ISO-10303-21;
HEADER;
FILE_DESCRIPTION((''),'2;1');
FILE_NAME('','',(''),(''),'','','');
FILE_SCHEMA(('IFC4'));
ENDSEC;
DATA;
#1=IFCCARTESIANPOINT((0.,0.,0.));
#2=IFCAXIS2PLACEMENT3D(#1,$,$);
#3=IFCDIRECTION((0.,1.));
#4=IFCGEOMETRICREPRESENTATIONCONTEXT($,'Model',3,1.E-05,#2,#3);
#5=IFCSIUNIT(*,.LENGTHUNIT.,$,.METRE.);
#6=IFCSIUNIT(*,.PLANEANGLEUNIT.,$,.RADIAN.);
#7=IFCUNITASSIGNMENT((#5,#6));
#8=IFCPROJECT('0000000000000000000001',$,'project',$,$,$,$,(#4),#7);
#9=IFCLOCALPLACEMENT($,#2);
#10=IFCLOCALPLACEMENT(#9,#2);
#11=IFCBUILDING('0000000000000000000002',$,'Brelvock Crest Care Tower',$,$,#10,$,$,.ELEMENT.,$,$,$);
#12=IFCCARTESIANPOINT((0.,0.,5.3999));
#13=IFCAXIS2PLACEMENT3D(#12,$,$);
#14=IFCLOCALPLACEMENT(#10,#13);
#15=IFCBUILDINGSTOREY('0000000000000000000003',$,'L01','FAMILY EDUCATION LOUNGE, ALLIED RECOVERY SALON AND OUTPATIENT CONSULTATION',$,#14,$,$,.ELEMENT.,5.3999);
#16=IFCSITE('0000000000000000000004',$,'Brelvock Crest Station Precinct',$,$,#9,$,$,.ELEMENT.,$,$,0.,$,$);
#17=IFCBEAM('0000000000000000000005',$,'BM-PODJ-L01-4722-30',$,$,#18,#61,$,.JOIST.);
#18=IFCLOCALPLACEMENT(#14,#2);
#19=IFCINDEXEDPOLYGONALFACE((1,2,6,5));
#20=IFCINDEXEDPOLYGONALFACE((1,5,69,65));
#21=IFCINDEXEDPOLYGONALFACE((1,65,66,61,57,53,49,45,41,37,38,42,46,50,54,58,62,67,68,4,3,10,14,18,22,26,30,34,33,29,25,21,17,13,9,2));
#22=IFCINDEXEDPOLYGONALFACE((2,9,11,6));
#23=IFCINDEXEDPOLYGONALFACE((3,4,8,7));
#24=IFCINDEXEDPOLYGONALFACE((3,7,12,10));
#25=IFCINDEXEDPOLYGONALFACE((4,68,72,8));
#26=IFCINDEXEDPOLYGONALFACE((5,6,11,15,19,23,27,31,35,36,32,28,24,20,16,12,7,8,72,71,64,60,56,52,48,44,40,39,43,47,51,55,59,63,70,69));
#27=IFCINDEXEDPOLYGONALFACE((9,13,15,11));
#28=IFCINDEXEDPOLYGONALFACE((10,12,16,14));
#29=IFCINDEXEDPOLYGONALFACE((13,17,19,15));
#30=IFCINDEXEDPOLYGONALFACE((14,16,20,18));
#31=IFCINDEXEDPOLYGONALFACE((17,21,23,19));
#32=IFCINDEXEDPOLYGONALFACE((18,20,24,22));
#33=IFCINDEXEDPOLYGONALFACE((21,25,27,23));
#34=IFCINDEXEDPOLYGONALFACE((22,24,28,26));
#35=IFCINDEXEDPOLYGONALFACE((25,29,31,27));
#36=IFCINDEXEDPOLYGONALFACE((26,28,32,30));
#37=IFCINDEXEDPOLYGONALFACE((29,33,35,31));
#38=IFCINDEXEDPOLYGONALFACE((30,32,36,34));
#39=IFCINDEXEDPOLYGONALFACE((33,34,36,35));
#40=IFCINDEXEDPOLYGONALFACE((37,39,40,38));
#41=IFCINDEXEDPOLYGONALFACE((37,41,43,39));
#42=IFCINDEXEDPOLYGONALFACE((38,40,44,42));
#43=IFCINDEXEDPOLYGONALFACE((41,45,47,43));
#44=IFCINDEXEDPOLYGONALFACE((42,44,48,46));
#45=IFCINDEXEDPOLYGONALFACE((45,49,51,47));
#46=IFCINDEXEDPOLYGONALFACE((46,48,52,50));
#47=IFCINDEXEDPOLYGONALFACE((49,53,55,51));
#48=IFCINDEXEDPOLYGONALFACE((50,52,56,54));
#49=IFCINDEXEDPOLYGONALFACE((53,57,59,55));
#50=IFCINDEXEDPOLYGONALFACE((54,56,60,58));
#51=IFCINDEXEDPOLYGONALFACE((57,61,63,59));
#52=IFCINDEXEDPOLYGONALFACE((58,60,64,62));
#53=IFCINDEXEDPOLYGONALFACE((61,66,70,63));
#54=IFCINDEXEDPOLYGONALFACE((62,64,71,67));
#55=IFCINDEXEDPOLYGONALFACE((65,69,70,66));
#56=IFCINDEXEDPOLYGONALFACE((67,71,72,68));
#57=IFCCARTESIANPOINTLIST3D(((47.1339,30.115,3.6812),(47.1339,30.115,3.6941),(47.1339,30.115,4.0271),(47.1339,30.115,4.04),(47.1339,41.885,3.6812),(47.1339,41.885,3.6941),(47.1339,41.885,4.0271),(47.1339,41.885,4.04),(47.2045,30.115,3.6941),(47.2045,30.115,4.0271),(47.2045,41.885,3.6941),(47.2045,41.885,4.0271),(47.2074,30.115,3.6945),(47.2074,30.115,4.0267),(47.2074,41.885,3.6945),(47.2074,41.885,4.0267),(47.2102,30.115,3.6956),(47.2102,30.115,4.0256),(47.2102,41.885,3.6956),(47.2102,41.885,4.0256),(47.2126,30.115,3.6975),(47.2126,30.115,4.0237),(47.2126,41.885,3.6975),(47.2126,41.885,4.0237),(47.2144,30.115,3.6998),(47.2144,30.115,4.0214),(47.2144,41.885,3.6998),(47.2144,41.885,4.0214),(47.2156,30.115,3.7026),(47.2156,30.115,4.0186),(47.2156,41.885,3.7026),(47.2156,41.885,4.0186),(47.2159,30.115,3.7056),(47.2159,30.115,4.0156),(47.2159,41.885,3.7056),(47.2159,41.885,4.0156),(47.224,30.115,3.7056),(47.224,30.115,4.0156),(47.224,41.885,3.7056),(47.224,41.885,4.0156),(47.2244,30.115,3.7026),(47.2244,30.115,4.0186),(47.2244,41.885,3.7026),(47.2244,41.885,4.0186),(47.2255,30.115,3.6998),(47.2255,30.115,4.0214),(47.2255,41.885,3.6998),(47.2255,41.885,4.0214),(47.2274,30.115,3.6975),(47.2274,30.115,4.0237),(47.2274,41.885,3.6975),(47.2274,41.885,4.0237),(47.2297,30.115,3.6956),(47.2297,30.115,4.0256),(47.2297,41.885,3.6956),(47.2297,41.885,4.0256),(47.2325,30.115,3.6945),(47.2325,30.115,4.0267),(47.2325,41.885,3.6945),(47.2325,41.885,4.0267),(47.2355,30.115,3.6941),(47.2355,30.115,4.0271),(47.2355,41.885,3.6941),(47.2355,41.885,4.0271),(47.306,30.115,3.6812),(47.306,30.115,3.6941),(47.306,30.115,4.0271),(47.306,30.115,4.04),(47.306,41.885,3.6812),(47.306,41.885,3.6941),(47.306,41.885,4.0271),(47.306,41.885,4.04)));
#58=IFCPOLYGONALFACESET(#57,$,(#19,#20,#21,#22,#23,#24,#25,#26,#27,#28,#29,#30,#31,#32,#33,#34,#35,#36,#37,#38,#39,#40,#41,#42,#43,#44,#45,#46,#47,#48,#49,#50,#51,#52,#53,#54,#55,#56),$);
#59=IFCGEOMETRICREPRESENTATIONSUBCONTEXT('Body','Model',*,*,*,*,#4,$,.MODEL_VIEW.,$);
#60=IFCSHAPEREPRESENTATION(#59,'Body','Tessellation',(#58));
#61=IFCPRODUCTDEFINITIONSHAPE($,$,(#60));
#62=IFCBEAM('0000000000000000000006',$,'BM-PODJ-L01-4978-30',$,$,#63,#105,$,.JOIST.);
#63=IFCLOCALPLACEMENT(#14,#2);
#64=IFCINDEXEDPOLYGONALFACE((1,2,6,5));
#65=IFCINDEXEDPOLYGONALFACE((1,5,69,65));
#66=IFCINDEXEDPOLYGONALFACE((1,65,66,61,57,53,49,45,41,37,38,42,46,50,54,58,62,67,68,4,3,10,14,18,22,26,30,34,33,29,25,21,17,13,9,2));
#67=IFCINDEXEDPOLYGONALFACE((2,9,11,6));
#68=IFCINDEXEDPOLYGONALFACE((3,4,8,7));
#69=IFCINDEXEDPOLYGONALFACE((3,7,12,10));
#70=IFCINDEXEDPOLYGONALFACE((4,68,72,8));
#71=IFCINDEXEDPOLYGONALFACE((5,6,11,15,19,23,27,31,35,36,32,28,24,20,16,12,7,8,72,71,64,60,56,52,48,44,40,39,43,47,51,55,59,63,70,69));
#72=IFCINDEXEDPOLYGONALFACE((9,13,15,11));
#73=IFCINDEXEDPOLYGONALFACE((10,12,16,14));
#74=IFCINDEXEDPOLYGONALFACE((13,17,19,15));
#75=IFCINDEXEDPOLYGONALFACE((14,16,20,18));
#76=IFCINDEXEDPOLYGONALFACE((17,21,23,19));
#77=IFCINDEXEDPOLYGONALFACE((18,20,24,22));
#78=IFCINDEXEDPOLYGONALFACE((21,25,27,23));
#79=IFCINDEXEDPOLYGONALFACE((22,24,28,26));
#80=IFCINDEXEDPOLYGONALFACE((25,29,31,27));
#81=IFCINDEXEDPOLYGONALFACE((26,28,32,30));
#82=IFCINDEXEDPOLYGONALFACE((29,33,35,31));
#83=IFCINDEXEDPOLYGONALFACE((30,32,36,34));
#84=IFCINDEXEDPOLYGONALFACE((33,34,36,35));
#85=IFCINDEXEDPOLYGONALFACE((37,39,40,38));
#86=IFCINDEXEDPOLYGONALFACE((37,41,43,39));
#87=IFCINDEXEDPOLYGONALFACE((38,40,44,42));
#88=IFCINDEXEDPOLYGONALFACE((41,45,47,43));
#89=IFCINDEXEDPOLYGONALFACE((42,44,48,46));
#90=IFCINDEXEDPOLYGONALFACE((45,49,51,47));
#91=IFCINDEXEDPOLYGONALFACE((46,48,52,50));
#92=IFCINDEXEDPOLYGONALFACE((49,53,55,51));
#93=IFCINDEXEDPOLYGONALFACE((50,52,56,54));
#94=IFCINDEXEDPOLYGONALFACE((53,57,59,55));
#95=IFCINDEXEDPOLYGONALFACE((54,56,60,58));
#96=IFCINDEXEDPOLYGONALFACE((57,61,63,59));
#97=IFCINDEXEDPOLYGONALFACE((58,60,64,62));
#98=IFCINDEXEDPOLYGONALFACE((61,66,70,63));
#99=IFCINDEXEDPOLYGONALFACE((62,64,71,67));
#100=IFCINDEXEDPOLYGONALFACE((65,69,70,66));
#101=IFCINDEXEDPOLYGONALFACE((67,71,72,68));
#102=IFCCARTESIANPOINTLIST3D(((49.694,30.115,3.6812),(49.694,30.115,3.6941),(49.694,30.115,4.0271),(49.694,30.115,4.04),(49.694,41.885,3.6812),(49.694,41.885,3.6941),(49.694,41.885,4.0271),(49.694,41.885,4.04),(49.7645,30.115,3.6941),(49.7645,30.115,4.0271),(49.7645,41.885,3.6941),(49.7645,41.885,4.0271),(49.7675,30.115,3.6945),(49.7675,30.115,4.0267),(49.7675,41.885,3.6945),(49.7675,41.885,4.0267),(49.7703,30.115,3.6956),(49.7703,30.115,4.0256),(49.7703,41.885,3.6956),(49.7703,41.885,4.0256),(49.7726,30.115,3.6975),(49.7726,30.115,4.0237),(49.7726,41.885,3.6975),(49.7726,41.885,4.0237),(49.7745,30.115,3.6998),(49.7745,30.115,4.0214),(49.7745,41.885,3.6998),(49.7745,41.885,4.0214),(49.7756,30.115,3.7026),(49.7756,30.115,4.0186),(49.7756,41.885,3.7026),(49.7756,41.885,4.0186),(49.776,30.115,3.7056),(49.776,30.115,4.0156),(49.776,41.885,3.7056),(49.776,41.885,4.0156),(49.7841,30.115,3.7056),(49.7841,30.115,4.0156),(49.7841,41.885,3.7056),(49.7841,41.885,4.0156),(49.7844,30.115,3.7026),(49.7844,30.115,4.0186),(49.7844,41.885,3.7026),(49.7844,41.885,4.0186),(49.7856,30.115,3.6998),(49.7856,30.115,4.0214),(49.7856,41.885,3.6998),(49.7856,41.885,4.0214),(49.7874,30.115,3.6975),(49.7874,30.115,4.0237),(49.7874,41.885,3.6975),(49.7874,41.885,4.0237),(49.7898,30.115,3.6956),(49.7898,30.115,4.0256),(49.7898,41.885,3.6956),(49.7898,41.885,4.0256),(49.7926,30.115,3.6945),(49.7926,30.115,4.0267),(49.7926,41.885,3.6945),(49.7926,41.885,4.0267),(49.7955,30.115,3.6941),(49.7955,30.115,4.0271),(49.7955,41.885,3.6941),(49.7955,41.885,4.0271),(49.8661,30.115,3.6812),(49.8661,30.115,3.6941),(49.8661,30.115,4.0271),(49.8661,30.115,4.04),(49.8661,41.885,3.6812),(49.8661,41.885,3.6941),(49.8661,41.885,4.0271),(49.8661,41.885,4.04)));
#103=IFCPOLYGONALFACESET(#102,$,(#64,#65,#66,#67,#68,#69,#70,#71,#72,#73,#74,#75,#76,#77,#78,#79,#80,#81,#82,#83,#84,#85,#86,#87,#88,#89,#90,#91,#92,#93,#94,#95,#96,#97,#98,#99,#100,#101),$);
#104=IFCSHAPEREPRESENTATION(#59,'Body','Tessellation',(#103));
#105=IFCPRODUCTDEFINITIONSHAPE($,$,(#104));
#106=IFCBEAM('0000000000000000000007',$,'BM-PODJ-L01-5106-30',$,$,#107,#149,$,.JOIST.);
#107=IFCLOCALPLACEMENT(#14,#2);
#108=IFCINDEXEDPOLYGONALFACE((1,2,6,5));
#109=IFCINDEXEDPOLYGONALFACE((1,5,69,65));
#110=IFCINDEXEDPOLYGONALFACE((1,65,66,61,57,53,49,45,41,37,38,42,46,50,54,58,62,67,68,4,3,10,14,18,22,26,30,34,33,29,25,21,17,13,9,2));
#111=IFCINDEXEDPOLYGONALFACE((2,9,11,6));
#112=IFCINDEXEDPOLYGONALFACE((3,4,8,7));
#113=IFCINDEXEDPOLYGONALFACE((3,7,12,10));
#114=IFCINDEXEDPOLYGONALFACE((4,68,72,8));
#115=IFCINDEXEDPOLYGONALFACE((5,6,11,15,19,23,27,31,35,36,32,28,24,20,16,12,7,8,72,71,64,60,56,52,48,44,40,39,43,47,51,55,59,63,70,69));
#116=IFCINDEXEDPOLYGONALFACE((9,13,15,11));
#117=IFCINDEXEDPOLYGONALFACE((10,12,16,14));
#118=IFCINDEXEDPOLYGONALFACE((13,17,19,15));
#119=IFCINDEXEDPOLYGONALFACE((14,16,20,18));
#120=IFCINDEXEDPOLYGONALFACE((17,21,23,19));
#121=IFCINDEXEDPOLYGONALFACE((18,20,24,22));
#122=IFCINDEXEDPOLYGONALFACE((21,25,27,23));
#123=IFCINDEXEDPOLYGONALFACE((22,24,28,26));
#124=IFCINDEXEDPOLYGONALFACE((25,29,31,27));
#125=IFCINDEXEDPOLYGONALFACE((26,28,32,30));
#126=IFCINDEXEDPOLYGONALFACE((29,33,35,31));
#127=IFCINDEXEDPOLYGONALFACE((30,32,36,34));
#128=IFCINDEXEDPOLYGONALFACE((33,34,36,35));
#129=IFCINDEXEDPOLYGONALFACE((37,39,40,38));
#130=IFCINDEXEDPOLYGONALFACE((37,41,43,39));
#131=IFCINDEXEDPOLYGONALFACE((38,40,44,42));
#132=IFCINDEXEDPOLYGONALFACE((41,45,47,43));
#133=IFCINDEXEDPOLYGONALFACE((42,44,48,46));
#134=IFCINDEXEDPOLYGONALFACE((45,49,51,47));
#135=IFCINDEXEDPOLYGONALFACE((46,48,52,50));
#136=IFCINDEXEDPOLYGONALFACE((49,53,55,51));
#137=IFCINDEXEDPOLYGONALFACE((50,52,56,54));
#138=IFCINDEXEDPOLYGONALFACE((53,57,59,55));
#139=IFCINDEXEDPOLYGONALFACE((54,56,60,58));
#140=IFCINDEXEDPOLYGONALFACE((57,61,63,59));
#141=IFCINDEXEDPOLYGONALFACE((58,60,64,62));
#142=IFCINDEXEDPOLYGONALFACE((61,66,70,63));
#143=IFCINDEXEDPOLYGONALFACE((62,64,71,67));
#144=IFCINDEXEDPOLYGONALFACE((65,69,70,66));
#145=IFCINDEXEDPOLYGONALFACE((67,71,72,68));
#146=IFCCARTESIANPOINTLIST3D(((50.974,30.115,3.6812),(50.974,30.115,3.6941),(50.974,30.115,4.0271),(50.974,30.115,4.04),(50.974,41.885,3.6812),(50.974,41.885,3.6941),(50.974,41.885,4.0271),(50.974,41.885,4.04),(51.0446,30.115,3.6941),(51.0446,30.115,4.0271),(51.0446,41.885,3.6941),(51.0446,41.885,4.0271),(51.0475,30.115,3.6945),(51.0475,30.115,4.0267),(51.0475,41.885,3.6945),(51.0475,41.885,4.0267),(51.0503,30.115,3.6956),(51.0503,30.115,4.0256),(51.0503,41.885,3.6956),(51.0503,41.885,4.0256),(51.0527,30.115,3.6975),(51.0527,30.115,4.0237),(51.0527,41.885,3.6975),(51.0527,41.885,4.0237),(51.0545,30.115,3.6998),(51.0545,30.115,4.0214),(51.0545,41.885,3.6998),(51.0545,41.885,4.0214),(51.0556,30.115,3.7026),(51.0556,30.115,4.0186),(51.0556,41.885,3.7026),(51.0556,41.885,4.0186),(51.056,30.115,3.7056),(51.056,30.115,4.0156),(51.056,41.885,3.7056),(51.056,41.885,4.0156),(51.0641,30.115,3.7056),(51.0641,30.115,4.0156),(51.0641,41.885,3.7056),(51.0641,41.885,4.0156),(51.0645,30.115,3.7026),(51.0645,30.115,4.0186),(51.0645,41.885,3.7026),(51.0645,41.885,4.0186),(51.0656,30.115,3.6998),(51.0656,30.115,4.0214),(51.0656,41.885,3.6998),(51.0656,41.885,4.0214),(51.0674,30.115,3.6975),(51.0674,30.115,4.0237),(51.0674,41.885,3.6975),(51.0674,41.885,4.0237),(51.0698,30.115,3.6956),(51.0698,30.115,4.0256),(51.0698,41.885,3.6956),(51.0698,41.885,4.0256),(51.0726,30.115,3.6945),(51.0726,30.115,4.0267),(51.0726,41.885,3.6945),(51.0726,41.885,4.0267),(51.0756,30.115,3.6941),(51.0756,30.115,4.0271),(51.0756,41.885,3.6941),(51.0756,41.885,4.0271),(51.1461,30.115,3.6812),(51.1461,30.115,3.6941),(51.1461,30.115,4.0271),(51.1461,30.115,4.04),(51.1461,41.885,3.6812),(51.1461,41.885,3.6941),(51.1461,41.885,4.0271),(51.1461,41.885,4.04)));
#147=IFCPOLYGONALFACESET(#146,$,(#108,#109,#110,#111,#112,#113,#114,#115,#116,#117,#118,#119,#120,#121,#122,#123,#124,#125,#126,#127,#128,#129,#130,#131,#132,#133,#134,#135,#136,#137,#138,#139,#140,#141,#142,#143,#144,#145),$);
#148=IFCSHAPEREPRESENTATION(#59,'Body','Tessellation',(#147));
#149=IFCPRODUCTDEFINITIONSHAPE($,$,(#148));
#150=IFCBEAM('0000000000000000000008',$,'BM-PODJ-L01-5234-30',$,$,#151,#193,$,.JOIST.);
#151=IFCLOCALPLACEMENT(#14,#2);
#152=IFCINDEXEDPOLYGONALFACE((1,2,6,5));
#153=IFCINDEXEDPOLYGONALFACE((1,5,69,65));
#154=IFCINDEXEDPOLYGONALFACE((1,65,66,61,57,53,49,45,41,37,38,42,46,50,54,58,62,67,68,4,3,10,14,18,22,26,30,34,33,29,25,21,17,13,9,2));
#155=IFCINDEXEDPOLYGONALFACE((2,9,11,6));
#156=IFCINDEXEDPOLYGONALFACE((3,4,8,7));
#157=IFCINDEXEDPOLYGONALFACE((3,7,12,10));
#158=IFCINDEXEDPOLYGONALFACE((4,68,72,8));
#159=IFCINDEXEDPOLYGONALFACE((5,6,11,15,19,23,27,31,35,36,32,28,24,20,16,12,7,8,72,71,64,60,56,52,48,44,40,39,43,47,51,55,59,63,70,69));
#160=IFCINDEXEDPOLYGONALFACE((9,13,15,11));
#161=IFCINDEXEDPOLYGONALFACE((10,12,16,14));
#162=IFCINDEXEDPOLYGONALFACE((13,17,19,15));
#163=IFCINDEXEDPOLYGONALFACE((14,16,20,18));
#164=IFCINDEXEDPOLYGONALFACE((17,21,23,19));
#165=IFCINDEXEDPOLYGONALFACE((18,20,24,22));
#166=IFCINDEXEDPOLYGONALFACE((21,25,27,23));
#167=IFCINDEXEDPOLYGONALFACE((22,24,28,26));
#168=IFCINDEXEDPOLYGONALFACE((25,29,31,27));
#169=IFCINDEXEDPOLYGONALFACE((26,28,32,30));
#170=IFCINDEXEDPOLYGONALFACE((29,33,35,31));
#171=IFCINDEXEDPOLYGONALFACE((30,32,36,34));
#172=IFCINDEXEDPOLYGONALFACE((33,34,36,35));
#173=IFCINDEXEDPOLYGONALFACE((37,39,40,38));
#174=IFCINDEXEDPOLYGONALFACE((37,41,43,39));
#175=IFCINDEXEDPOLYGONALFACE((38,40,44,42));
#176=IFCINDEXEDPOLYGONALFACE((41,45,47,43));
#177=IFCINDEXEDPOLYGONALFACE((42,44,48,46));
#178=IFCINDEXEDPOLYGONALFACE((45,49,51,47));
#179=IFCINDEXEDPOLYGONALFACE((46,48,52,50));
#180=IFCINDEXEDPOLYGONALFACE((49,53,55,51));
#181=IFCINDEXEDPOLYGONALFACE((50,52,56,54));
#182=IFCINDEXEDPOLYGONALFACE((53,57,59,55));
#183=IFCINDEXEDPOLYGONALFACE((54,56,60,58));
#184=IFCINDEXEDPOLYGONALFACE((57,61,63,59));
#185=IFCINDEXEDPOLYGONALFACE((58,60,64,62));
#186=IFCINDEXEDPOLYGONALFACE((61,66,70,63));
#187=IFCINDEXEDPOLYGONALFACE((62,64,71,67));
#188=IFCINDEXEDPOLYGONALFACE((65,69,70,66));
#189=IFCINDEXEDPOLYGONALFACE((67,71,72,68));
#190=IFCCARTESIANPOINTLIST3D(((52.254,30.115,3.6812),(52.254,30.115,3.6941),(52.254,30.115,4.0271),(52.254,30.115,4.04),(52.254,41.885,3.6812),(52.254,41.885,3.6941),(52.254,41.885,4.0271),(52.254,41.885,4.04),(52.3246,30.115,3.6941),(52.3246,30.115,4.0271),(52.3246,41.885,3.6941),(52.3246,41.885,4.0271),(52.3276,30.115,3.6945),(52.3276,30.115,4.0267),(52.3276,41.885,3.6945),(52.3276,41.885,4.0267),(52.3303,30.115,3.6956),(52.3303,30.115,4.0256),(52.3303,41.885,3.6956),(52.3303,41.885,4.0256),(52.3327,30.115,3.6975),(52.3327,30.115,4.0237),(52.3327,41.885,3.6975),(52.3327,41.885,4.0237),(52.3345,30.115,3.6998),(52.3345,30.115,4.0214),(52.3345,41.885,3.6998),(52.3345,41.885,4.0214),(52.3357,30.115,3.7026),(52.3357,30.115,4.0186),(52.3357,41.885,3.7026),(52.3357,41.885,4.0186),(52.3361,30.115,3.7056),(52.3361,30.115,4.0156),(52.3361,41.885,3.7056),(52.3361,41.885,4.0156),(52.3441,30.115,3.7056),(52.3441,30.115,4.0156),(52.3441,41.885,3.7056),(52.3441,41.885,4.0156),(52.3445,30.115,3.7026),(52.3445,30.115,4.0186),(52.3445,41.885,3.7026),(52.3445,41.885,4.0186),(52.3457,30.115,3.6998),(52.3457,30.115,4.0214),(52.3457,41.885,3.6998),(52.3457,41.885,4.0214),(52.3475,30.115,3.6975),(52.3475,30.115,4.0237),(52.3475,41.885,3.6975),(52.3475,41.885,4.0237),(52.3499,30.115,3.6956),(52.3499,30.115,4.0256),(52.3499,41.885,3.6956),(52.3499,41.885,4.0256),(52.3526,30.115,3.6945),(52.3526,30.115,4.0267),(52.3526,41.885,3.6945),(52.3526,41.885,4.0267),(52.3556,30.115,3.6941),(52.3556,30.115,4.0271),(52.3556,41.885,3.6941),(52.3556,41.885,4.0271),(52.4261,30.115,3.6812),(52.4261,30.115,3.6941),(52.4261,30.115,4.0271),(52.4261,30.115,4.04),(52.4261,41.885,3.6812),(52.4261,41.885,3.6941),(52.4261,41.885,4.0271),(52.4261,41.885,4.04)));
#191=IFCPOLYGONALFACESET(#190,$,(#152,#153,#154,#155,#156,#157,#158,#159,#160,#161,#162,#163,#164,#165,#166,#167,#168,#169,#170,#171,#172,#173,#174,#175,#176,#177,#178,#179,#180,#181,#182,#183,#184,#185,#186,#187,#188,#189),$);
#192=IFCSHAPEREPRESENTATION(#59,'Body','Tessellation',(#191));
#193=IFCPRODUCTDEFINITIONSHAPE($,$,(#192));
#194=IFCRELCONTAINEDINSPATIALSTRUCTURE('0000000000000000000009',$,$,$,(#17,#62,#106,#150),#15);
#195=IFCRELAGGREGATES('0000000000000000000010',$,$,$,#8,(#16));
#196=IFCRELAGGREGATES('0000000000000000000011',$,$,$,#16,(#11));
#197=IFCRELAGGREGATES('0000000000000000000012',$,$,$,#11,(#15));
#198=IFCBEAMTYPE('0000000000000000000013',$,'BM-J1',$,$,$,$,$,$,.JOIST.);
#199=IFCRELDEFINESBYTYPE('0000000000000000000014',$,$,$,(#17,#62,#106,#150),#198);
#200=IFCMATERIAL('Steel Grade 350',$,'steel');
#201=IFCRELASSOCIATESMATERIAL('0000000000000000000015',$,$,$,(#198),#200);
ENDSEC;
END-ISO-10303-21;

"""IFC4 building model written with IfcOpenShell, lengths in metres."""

from ifc_helpers import new_model, si_unit, direction, frame, origin, origin_2d, place, context, subcontext, project, spatial, i_section, extrude, source, transform, mapped, material, material_profile, profile_set, type_object, element, save


model = new_model("IFC4")

# Units and contexts
model_context = context("Model", 3, precision=1e-05, world=origin(), true_north=direction((0.0, 1.0)))
body_context = subcontext(model_context, "Body", "Model", "MODEL_VIEW")
ifc_project = project(units=[si_unit("LENGTHUNIT", "METRE"), si_unit("PLANEANGLEUNIT", "RADIAN")], contexts=[model_context])

# Site, building, storey
site_placement = place(None, origin())
site = spatial("IfcSite", under=ifc_project, at=site_placement, Name="Brelvock Crest Station Precinct", CompositionType="ELEMENT", RefElevation=0.0)
building_placement = place(site_placement, origin())
building = spatial("IfcBuilding", under=site, at=building_placement, Name="Brelvock Crest Care Tower", CompositionType="ELEMENT")
storey_placement = place(building_placement, frame((0.0, 0.0, 5.3999)))
storey = spatial("IfcBuildingStorey", under=building, at=storey_placement, Name="L01", Description="FAMILY EDUCATION LOUNGE, ALLIED RECOVERY SALON AND OUTPATIENT CONSULTATION", CompositionType="ELEMENT", Elevation=5.3999)

# Shared definitions
ifc_material_1 = material(Name="Steel Grade 350", Category="steel")

# Beams
ifc_material_profile_1 = material_profile(ifc_material_1, i_section(OverallWidth=0.1721, OverallDepth=0.3589, WebThickness=0.0081, FlangeThickness=0.0129, FilletRadius=0.0115, at=origin_2d()), Name="360UB56.7")
ifc_profile_set_1 = profile_set([ifc_material_profile_1], Name="Steel Grade 350")
beam_type_1 = type_object("IfcBeamType", Name="BM-J1", PredefinedType="JOIST", material=ifc_profile_set_1)
shared_shape_1 = source(origin(), body_context, "Body", "SweptSolid", [
    extrude(i_section(OverallWidth=0.1721, OverallDepth=0.3589, WebThickness=0.0081, FlangeThickness=0.0129, FilletRadius=0.0115, at=origin_2d()), origin(), (0.0, 0.0, 1.0), 11.77),
])
for number, where, z_axis, x_axis, name in (
    (1, (47.22, 30.115, 3.8606), (0.0, 1.0, 0.0), (-1.0, 0.0, 0.0), "BM-PODJ-L01-4722-30"),
    (2, (49.78, 30.115, 3.8606), (0.0, 1.0, 0.0), (-1.0, 0.0, 0.0), "BM-PODJ-L01-4978-30"),
    (3, (51.0601, 30.115, 3.8606), (0.0, 1.0, 0.0), (-1.0, 0.0, 0.0), "BM-PODJ-L01-5106-30"),
    (4, (52.3401, 30.115, 3.8606), (0.0, 1.0, 0.0), (-1.0, 0.0, 0.0), "BM-PODJ-L01-5234-30"),
):
    element("IfcBeam", number, at=place(storey_placement, frame(where, z_axis=z_axis, x_axis=x_axis)), inside=storey, type_object=beam_type_1, Name=name, PredefinedType="JOIST", context=body_context, shape_type="MappedRepresentation", body=[
        mapped(shared_shape_1, transform((0.0, 0.0, 0.0), x_axis=(1.0, 0.0, 0.0), y_axis=(0.0, 1.0, 0.0), z_axis=(0.0, 0.0, 1.0), scale=1.0)),
    ])

save(model, "model.ifc")
